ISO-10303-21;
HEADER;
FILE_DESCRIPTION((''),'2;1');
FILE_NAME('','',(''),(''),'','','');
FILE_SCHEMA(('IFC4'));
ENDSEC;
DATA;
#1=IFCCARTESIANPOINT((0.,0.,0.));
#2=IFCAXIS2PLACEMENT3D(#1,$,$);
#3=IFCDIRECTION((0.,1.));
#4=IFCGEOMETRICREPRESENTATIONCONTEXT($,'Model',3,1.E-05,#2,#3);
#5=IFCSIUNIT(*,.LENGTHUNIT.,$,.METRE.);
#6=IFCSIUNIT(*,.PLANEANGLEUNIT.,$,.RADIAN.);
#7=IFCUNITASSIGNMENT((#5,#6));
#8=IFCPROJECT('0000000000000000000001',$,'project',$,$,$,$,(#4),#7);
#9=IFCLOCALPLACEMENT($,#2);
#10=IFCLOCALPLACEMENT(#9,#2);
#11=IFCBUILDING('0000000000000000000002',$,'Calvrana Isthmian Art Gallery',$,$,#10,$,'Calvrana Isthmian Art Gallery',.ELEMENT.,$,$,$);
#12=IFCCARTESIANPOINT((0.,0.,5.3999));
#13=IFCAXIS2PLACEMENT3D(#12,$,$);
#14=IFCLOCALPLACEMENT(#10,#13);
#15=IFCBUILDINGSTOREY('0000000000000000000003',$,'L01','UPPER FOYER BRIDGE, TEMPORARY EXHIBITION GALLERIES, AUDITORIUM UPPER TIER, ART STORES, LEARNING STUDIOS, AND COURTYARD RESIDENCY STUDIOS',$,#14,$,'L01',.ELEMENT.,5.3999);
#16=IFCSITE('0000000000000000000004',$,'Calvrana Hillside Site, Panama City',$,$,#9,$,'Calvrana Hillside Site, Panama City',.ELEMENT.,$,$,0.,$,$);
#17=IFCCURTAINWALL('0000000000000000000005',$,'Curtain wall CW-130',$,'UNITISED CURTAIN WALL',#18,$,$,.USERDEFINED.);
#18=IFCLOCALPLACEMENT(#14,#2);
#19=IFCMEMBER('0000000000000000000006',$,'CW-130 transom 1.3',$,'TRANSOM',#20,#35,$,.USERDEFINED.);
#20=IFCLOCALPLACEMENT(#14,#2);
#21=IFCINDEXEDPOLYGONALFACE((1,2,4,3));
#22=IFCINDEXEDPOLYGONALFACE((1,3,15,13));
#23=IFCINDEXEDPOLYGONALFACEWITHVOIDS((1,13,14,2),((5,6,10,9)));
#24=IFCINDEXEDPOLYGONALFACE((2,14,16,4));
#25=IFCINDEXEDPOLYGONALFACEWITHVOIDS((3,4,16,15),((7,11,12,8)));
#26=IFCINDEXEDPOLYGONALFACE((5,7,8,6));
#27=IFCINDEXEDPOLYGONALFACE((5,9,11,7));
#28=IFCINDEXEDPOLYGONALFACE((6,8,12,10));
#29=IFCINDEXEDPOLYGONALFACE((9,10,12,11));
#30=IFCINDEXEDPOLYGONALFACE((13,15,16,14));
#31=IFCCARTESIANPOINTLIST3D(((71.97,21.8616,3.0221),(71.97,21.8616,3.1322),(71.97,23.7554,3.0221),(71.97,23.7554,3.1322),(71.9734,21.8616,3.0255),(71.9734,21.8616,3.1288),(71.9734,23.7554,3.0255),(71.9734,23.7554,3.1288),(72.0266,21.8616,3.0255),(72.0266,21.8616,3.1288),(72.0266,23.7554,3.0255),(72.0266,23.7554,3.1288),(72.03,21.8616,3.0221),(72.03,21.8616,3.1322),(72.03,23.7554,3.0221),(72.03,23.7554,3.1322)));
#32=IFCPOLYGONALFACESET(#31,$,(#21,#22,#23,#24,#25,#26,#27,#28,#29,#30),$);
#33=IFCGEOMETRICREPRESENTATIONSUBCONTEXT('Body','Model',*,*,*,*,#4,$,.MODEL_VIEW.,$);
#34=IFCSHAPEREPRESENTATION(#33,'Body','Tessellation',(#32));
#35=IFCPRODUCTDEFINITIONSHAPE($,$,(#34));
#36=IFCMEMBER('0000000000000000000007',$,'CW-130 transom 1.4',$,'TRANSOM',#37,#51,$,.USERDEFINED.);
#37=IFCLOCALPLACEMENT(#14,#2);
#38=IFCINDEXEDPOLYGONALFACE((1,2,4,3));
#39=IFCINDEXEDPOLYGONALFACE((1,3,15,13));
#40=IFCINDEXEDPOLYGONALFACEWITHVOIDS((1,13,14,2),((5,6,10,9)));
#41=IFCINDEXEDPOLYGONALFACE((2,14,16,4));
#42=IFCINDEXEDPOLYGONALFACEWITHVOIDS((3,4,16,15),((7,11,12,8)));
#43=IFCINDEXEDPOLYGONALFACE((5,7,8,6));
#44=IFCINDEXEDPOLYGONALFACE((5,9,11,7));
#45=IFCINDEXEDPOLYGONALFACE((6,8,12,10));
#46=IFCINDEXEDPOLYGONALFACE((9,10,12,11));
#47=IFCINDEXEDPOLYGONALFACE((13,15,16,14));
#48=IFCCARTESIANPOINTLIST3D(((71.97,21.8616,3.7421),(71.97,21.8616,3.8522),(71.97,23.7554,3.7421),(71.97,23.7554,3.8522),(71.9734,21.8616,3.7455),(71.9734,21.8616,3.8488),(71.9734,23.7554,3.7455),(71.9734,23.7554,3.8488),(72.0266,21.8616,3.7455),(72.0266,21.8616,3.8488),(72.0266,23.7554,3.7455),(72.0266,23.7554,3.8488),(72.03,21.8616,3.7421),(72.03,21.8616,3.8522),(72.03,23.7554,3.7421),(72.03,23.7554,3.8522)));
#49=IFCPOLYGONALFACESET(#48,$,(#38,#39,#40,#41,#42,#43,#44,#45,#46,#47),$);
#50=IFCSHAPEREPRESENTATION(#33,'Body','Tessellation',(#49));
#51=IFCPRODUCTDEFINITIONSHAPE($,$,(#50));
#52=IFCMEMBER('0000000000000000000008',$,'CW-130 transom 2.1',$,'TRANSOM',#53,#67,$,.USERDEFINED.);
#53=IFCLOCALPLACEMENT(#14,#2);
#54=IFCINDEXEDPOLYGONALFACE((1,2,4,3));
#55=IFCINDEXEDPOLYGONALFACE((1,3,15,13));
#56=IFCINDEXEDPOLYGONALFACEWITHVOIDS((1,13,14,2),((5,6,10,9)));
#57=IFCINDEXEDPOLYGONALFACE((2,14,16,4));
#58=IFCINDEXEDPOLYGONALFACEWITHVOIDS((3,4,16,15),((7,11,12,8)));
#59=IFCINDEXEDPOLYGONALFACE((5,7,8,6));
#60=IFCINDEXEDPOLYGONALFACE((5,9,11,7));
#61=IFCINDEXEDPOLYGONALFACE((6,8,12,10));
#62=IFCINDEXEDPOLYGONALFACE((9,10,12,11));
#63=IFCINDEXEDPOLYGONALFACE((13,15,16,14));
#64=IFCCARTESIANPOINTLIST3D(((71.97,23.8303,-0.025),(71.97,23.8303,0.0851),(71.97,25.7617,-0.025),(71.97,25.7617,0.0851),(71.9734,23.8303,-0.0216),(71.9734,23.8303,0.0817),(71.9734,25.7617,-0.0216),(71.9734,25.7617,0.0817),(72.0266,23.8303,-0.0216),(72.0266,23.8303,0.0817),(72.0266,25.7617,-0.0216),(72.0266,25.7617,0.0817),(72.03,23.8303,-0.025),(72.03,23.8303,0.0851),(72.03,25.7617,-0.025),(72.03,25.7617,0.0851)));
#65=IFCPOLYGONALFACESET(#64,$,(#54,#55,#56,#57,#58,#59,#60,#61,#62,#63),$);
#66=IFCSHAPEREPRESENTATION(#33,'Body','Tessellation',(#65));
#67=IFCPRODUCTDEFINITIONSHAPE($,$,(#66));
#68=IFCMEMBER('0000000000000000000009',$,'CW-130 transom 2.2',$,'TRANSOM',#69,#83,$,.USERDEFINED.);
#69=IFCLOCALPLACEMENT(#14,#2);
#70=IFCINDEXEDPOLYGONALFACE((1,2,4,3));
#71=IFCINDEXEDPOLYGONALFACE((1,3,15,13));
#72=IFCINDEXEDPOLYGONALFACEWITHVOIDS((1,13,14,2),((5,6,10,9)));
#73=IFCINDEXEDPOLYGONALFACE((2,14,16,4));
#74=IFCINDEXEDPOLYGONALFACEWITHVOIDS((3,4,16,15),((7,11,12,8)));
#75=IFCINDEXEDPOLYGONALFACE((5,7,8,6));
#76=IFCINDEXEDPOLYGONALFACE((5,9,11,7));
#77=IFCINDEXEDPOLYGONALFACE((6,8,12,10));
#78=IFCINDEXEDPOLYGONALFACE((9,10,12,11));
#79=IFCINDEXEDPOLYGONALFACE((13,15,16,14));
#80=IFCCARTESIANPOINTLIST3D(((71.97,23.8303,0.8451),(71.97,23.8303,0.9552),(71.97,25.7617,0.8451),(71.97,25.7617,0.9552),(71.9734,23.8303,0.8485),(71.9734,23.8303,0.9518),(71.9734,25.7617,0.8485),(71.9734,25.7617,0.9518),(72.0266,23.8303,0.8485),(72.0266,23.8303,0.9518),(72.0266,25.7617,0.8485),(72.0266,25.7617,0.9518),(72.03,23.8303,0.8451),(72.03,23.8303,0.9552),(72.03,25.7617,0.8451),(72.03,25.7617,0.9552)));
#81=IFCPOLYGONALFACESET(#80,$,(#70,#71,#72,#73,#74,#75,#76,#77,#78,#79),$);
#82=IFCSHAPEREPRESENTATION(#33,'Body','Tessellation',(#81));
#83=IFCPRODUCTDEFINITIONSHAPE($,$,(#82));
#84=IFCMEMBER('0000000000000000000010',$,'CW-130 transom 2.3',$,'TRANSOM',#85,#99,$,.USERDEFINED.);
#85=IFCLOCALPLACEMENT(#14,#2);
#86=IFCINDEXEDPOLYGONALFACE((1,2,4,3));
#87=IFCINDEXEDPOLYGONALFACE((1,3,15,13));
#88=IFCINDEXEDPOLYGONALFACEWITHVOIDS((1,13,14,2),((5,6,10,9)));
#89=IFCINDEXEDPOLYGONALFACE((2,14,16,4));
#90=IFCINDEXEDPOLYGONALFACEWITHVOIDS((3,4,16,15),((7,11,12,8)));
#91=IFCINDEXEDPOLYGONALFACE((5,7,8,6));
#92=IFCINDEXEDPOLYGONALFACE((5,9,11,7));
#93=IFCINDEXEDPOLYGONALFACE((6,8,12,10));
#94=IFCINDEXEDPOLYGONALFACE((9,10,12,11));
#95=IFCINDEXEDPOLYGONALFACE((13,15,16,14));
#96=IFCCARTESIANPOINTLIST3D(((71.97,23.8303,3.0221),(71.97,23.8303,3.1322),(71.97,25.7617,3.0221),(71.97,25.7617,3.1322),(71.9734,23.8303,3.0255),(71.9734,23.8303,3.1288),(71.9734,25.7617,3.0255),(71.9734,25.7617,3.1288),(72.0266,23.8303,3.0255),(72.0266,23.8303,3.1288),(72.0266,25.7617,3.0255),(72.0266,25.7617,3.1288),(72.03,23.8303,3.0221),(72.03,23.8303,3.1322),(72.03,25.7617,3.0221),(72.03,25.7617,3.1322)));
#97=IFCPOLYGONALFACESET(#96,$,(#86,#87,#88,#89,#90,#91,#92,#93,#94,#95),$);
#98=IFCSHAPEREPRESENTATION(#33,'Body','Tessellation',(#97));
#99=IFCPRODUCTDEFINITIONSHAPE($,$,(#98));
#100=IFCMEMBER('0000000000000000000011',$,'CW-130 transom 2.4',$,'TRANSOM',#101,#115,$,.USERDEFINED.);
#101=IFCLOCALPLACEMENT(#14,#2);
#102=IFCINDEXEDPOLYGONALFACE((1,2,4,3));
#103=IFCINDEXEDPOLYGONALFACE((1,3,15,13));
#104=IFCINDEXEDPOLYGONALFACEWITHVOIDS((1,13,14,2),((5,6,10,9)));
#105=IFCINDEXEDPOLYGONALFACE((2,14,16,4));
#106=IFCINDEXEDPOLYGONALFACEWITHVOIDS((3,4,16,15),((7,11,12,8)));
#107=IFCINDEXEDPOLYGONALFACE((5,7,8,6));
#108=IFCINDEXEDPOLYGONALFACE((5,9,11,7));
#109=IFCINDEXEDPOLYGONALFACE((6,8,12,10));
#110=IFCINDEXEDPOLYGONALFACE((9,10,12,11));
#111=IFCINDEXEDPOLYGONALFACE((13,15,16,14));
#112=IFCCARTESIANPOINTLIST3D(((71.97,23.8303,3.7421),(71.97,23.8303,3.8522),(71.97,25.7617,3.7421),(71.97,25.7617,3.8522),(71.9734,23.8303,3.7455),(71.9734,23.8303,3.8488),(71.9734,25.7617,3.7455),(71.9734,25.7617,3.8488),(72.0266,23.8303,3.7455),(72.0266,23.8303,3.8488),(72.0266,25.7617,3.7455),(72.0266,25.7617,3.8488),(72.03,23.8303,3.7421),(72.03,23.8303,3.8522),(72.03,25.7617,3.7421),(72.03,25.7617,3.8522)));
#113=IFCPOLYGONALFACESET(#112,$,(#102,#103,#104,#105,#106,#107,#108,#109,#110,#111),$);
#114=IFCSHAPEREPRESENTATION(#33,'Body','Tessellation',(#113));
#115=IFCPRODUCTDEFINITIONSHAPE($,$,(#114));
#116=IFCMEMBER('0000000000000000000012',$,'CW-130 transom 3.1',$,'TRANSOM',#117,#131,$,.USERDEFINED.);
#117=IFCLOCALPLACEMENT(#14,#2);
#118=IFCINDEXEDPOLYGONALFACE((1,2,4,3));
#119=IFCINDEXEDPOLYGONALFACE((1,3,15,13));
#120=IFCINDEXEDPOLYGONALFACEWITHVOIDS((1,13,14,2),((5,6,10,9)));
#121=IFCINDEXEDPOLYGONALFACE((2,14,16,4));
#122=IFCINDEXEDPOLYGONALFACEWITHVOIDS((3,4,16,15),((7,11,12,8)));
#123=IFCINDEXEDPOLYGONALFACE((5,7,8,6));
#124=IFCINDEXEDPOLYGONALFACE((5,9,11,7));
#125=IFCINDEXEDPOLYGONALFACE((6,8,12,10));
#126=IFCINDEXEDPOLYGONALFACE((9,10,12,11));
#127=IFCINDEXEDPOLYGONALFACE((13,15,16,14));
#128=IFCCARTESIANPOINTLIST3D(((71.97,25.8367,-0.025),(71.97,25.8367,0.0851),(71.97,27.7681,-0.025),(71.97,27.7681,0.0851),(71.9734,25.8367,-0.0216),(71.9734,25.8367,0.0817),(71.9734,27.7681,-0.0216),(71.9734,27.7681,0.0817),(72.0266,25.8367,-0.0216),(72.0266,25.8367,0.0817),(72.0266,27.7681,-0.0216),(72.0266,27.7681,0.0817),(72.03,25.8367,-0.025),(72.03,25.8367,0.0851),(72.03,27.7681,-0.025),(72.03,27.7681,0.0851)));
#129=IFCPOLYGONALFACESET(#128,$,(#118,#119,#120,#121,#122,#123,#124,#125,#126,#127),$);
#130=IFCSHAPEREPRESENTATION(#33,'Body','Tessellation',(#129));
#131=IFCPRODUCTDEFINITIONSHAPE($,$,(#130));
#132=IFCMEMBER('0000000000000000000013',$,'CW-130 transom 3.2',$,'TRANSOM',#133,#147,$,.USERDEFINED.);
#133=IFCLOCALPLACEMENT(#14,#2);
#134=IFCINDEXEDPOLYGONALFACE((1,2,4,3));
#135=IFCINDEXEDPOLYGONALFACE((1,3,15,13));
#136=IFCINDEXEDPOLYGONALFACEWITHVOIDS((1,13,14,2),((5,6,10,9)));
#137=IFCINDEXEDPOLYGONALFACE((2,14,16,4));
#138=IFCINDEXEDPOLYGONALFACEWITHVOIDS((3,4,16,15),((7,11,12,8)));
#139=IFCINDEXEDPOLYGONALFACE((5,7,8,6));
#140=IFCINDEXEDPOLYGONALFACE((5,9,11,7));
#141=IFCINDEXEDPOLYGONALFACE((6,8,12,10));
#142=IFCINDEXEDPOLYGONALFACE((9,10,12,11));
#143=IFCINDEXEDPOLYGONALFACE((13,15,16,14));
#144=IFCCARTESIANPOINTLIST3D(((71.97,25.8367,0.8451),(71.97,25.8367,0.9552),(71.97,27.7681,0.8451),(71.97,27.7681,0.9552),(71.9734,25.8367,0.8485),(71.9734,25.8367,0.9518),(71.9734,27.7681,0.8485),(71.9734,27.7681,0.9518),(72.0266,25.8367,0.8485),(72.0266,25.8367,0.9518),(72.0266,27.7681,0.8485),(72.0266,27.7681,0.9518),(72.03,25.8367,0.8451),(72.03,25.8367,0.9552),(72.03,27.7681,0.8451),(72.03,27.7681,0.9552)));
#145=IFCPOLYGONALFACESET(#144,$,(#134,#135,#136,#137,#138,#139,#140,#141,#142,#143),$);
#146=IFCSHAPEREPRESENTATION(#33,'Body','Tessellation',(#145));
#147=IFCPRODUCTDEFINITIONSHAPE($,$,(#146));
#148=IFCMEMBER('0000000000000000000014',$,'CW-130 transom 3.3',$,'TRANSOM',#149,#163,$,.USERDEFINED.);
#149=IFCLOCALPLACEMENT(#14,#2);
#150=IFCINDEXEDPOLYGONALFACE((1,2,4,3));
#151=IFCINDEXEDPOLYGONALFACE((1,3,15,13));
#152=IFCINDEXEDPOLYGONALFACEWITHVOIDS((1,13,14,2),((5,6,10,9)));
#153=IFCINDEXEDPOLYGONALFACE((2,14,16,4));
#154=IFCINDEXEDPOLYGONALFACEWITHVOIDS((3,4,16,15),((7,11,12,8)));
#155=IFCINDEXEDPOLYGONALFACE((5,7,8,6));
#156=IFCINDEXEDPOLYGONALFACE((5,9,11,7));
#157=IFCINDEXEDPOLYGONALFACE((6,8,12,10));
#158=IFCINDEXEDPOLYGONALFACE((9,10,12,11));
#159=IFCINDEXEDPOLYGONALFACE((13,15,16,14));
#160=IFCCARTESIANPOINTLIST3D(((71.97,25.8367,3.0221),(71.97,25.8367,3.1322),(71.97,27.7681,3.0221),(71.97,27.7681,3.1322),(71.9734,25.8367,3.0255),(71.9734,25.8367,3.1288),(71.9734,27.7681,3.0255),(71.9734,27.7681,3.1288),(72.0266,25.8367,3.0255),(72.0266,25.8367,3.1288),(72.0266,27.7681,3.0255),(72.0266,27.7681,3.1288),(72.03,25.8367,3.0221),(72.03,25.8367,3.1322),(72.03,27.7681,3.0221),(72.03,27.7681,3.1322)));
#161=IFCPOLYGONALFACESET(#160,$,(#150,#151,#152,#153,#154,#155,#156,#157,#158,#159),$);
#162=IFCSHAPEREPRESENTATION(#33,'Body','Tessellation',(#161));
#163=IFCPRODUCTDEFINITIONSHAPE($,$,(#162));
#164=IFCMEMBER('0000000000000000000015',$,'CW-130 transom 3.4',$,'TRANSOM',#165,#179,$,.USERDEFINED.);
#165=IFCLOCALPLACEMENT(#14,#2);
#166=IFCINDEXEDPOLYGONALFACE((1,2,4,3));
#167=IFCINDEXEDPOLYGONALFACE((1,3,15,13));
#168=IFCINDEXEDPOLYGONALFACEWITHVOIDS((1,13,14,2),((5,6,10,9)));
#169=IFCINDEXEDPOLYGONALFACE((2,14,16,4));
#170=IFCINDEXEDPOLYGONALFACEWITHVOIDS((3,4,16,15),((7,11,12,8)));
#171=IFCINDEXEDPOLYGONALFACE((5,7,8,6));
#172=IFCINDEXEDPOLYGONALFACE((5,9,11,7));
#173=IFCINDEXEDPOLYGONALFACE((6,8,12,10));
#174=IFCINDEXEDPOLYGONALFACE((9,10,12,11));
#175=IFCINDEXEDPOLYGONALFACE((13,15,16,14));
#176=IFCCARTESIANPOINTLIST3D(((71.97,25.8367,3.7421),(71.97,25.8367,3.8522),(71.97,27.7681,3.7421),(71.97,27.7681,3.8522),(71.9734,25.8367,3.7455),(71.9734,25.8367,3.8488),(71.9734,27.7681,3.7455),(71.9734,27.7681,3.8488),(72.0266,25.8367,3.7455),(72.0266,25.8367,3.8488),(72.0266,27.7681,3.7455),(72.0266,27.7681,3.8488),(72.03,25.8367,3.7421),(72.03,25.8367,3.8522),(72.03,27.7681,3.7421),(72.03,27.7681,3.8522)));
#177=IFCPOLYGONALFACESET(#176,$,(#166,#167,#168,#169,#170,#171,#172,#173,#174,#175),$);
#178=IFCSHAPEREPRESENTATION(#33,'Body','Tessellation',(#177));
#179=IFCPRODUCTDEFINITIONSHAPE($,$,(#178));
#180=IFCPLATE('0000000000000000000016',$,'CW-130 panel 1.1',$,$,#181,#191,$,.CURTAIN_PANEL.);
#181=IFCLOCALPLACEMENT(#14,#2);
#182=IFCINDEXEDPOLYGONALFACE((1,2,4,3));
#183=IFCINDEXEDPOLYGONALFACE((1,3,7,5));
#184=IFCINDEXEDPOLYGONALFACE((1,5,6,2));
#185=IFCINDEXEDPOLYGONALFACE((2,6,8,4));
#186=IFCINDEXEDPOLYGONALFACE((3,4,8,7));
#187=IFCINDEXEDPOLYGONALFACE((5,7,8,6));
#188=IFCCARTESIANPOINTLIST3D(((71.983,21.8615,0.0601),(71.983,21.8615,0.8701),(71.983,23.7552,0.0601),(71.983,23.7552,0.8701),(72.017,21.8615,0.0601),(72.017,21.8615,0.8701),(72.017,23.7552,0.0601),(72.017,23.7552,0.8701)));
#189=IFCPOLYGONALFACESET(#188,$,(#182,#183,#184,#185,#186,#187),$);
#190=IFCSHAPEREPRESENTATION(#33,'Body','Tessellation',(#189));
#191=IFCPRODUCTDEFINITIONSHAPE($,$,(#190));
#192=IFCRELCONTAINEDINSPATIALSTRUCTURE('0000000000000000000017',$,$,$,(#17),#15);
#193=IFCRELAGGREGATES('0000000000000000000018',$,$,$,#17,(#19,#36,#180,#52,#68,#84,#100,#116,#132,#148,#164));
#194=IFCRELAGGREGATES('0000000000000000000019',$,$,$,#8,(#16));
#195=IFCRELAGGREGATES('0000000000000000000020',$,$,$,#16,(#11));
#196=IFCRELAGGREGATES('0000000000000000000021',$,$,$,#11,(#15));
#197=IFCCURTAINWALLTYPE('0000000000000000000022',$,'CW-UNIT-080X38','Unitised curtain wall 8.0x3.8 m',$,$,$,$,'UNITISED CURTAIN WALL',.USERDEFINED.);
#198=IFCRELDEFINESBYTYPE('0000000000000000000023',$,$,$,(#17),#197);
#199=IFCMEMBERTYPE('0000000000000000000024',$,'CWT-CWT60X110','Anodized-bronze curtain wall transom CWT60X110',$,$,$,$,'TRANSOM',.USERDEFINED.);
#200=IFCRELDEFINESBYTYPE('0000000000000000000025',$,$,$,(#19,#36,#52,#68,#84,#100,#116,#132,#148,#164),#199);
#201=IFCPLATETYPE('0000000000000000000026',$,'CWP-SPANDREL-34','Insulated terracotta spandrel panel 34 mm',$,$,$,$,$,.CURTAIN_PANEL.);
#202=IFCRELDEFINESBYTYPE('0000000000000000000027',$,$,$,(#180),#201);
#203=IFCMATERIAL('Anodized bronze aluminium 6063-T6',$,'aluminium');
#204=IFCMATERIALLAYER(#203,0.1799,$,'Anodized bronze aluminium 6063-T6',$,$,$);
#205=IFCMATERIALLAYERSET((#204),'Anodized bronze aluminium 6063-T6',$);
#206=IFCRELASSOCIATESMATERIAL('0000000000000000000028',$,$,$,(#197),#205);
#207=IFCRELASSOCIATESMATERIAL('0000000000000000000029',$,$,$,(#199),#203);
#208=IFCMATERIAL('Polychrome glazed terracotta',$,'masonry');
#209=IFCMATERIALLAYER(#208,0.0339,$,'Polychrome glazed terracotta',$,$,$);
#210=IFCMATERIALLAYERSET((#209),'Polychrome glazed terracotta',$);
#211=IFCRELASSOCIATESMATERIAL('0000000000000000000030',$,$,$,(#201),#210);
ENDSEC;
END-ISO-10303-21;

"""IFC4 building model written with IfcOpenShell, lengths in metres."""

from ifc_helpers import new_model, si_unit, direction, frame, origin, origin_2d, place, context, subcontext, project, spatial, rectangle, hollow_rectangle, extrude, material, layer, layer_set, material_profile, profile_set, type_object, element, aggregate, save


model = new_model("IFC4")

# Units and contexts
model_context = context("Model", 3, precision=1e-05, world=origin(), true_north=direction((0.0, 1.0)))
body_context = subcontext(model_context, "Body", "Model", "MODEL_VIEW")
ifc_project = project(units=[si_unit("LENGTHUNIT", "METRE"), si_unit("PLANEANGLEUNIT", "RADIAN")], contexts=[model_context])

# Site, building, storey
site_placement = place(None, origin())
site = spatial("IfcSite", under=ifc_project, at=site_placement, Name="Calvrana Hillside Site, Panama City", LongName="Calvrana Hillside Site, Panama City", CompositionType="ELEMENT", RefElevation=0.0)
building_placement = place(site_placement, origin())
building = spatial("IfcBuilding", under=site, at=building_placement, Name="Calvrana Isthmian Art Gallery", LongName="Calvrana Isthmian Art Gallery", CompositionType="ELEMENT")
storey_placement = place(building_placement, frame((0.0, 0.0, 5.3999)))
storey = spatial("IfcBuildingStorey", under=building, at=storey_placement, Name="L01", Description="UPPER FOYER BRIDGE, TEMPORARY EXHIBITION GALLERIES, AUDITORIUM UPPER TIER, ART STORES, LEARNING STUDIOS, AND COURTYARD RESIDENCY STUDIOS", LongName="L01", CompositionType="ELEMENT", Elevation=5.3999)

# Curtain wall, members, plate
ifc_material_1 = material(Name="Anodized bronze aluminium 6063-T6", Category="aluminium")
ifc_layer_1 = layer(ifc_material_1, 0.1799, Name="Anodized bronze aluminium 6063-T6")
ifc_layer_set_1 = layer_set([ifc_layer_1], Name="Anodized bronze aluminium 6063-T6")
curtain_wall_type = type_object("IfcCurtainWallType", Name="CW-UNIT-080X38", Description="Unitised curtain wall 8.0x3.8 m", ElementType="UNITISED CURTAIN WALL", PredefinedType="USERDEFINED", material=ifc_layer_set_1)
curtain_wall_placement = place(storey_placement, origin())
curtain_wall = element("IfcCurtainWall", 1, at=curtain_wall_placement, inside=storey, type_object=curtain_wall_type, Name="Curtain wall CW-130", ObjectType="UNITISED CURTAIN WALL", PredefinedType="USERDEFINED")
ifc_material_profile_1 = material_profile(ifc_material_1, hollow_rectangle(XDim=0.0601, YDim=0.1101, WallThickness=0.0034, at=origin_2d()), Name="CWT60X110")
ifc_profile_set_1 = profile_set([ifc_material_profile_1], Name="Anodized bronze aluminium 6063-T6")
member_type_1 = type_object("IfcMemberType", Name="CWT-CWT60X110", Description="Anodized-bronze curtain wall transom CWT60X110", ElementType="TRANSOM", PredefinedType="USERDEFINED", material=ifc_profile_set_1)
member_1_placement = place(storey_placement, frame((72.0, 21.8616, 3.0771), z_axis=(0.0, 1.0, 0.0), x_axis=(-1.0, 0.0, 0.0)))
member_1 = element("IfcMember", 2, at=member_1_placement, type_object=member_type_1, Name="CW-130 transom 1.3", ObjectType="TRANSOM", PredefinedType="USERDEFINED", context=body_context, shape_type="SweptSolid", body=[
    extrude(hollow_rectangle(XDim=0.0601, YDim=0.1101, WallThickness=0.0034, at=origin_2d()), origin(), (0.0, 0.0, 1.0), 1.8938),
])
member_2_placement = place(storey_placement, frame((72.0, 21.8616, 3.7971), z_axis=(0.0, 1.0, 0.0), x_axis=(-1.0, 0.0, 0.0)))
member_2 = element("IfcMember", 3, at=member_2_placement, type_object=member_type_1, Name="CW-130 transom 1.4", ObjectType="TRANSOM", PredefinedType="USERDEFINED", context=body_context, shape_type="SweptSolid", body=[
    extrude(hollow_rectangle(XDim=0.0601, YDim=0.1101, WallThickness=0.0034, at=origin_2d()), origin(), (0.0, 0.0, 1.0), 1.8938),
])
member_3_placement = place(storey_placement, frame((72.0, 23.8303, 0.03), z_axis=(0.0, 1.0, 0.0), x_axis=(-1.0, 0.0, 0.0)))
member_3 = element("IfcMember", 4, at=member_3_placement, type_object=member_type_1, Name="CW-130 transom 2.1", ObjectType="TRANSOM", PredefinedType="USERDEFINED", context=body_context, shape_type="SweptSolid", body=[
    extrude(hollow_rectangle(XDim=0.0601, YDim=0.1101, WallThickness=0.0034, at=origin_2d()), origin(), (0.0, 0.0, 1.0), 1.9314),
])
member_4_placement = place(storey_placement, frame((72.0, 23.8303, 0.9001), z_axis=(0.0, 1.0, 0.0), x_axis=(-1.0, 0.0, 0.0)))
member_4 = element("IfcMember", 5, at=member_4_placement, type_object=member_type_1, Name="CW-130 transom 2.2", ObjectType="TRANSOM", PredefinedType="USERDEFINED", context=body_context, shape_type="SweptSolid", body=[
    extrude(hollow_rectangle(XDim=0.0601, YDim=0.1101, WallThickness=0.0034, at=origin_2d()), origin(), (0.0, 0.0, 1.0), 1.9314),
])
member_5_placement = place(storey_placement, frame((72.0, 23.8303, 3.0771), z_axis=(0.0, 1.0, 0.0), x_axis=(-1.0, 0.0, 0.0)))
member_5 = element("IfcMember", 6, at=member_5_placement, type_object=member_type_1, Name="CW-130 transom 2.3", ObjectType="TRANSOM", PredefinedType="USERDEFINED", context=body_context, shape_type="SweptSolid", body=[
    extrude(hollow_rectangle(XDim=0.0601, YDim=0.1101, WallThickness=0.0034, at=origin_2d()), origin(), (0.0, 0.0, 1.0), 1.9314),
])
member_6_placement = place(storey_placement, frame((72.0, 23.8303, 3.7971), z_axis=(0.0, 1.0, 0.0), x_axis=(-1.0, 0.0, 0.0)))
member_6 = element("IfcMember", 7, at=member_6_placement, type_object=member_type_1, Name="CW-130 transom 2.4", ObjectType="TRANSOM", PredefinedType="USERDEFINED", context=body_context, shape_type="SweptSolid", body=[
    extrude(hollow_rectangle(XDim=0.0601, YDim=0.1101, WallThickness=0.0034, at=origin_2d()), origin(), (0.0, 0.0, 1.0), 1.9314),
])
member_7_placement = place(storey_placement, frame((72.0, 25.8367, 0.03), z_axis=(0.0, 1.0, 0.0), x_axis=(-1.0, 0.0, 0.0)))
member_7 = element("IfcMember", 8, at=member_7_placement, type_object=member_type_1, Name="CW-130 transom 3.1", ObjectType="TRANSOM", PredefinedType="USERDEFINED", context=body_context, shape_type="SweptSolid", body=[
    extrude(hollow_rectangle(XDim=0.0601, YDim=0.1101, WallThickness=0.0034, at=origin_2d()), origin(), (0.0, 0.0, 1.0), 1.9314),
])
member_8_placement = place(storey_placement, frame((72.0, 25.8367, 0.9001), z_axis=(0.0, 1.0, 0.0), x_axis=(-1.0, 0.0, 0.0)))
member_8 = element("IfcMember", 9, at=member_8_placement, type_object=member_type_1, Name="CW-130 transom 3.2", ObjectType="TRANSOM", PredefinedType="USERDEFINED", context=body_context, shape_type="SweptSolid", body=[
    extrude(hollow_rectangle(XDim=0.0601, YDim=0.1101, WallThickness=0.0034, at=origin_2d()), origin(), (0.0, 0.0, 1.0), 1.9314),
])
member_9_placement = place(storey_placement, frame((72.0, 25.8367, 3.0771), z_axis=(0.0, 1.0, 0.0), x_axis=(-1.0, 0.0, 0.0)))
member_9 = element("IfcMember", 10, at=member_9_placement, type_object=member_type_1, Name="CW-130 transom 3.3", ObjectType="TRANSOM", PredefinedType="USERDEFINED", context=body_context, shape_type="SweptSolid", body=[
    extrude(hollow_rectangle(XDim=0.0601, YDim=0.1101, WallThickness=0.0034, at=origin_2d()), origin(), (0.0, 0.0, 1.0), 1.9314),
])
member_10_placement = place(storey_placement, frame((72.0, 25.8367, 3.7971), z_axis=(0.0, 1.0, 0.0), x_axis=(-1.0, 0.0, 0.0)))
member_10 = element("IfcMember", 11, at=member_10_placement, type_object=member_type_1, Name="CW-130 transom 3.4", ObjectType="TRANSOM", PredefinedType="USERDEFINED", context=body_context, shape_type="SweptSolid", body=[
    extrude(hollow_rectangle(XDim=0.0601, YDim=0.1101, WallThickness=0.0034, at=origin_2d()), origin(), (0.0, 0.0, 1.0), 1.9314),
])
ifc_material_2 = material(Name="Polychrome glazed terracotta", Category="masonry")
ifc_layer_2 = layer(ifc_material_2, 0.0339, Name="Polychrome glazed terracotta")
ifc_layer_set_2 = layer_set([ifc_layer_2], Name="Polychrome glazed terracotta")
plate_type = type_object("IfcPlateType", Name="CWP-SPANDREL-34", Description="Insulated terracotta spandrel panel 34 mm", PredefinedType="CURTAIN_PANEL", material=ifc_layer_set_2)
plate_1_placement = place(storey_placement, frame((72.0, 22.8083, 0.0601), z_axis=(0.0, 0.0, 1.0), x_axis=(0.0, 1.0, 0.0)))
plate_1 = element("IfcPlate", 12, at=plate_1_placement, type_object=plate_type, Name="CW-130 panel 1.1", PredefinedType="CURTAIN_PANEL", context=body_context, shape_type="SweptSolid", body=[
    extrude(rectangle(XDim=1.8938, YDim=0.0339, at=origin_2d()), origin(), (0.0, 0.0, 1.0), 0.8101),
])
aggregate(curtain_wall, [member_1, member_2, plate_1, member_3, member_4, member_5, member_6, member_7, member_8, member_9, member_10])

save(model, "model.ifc")
